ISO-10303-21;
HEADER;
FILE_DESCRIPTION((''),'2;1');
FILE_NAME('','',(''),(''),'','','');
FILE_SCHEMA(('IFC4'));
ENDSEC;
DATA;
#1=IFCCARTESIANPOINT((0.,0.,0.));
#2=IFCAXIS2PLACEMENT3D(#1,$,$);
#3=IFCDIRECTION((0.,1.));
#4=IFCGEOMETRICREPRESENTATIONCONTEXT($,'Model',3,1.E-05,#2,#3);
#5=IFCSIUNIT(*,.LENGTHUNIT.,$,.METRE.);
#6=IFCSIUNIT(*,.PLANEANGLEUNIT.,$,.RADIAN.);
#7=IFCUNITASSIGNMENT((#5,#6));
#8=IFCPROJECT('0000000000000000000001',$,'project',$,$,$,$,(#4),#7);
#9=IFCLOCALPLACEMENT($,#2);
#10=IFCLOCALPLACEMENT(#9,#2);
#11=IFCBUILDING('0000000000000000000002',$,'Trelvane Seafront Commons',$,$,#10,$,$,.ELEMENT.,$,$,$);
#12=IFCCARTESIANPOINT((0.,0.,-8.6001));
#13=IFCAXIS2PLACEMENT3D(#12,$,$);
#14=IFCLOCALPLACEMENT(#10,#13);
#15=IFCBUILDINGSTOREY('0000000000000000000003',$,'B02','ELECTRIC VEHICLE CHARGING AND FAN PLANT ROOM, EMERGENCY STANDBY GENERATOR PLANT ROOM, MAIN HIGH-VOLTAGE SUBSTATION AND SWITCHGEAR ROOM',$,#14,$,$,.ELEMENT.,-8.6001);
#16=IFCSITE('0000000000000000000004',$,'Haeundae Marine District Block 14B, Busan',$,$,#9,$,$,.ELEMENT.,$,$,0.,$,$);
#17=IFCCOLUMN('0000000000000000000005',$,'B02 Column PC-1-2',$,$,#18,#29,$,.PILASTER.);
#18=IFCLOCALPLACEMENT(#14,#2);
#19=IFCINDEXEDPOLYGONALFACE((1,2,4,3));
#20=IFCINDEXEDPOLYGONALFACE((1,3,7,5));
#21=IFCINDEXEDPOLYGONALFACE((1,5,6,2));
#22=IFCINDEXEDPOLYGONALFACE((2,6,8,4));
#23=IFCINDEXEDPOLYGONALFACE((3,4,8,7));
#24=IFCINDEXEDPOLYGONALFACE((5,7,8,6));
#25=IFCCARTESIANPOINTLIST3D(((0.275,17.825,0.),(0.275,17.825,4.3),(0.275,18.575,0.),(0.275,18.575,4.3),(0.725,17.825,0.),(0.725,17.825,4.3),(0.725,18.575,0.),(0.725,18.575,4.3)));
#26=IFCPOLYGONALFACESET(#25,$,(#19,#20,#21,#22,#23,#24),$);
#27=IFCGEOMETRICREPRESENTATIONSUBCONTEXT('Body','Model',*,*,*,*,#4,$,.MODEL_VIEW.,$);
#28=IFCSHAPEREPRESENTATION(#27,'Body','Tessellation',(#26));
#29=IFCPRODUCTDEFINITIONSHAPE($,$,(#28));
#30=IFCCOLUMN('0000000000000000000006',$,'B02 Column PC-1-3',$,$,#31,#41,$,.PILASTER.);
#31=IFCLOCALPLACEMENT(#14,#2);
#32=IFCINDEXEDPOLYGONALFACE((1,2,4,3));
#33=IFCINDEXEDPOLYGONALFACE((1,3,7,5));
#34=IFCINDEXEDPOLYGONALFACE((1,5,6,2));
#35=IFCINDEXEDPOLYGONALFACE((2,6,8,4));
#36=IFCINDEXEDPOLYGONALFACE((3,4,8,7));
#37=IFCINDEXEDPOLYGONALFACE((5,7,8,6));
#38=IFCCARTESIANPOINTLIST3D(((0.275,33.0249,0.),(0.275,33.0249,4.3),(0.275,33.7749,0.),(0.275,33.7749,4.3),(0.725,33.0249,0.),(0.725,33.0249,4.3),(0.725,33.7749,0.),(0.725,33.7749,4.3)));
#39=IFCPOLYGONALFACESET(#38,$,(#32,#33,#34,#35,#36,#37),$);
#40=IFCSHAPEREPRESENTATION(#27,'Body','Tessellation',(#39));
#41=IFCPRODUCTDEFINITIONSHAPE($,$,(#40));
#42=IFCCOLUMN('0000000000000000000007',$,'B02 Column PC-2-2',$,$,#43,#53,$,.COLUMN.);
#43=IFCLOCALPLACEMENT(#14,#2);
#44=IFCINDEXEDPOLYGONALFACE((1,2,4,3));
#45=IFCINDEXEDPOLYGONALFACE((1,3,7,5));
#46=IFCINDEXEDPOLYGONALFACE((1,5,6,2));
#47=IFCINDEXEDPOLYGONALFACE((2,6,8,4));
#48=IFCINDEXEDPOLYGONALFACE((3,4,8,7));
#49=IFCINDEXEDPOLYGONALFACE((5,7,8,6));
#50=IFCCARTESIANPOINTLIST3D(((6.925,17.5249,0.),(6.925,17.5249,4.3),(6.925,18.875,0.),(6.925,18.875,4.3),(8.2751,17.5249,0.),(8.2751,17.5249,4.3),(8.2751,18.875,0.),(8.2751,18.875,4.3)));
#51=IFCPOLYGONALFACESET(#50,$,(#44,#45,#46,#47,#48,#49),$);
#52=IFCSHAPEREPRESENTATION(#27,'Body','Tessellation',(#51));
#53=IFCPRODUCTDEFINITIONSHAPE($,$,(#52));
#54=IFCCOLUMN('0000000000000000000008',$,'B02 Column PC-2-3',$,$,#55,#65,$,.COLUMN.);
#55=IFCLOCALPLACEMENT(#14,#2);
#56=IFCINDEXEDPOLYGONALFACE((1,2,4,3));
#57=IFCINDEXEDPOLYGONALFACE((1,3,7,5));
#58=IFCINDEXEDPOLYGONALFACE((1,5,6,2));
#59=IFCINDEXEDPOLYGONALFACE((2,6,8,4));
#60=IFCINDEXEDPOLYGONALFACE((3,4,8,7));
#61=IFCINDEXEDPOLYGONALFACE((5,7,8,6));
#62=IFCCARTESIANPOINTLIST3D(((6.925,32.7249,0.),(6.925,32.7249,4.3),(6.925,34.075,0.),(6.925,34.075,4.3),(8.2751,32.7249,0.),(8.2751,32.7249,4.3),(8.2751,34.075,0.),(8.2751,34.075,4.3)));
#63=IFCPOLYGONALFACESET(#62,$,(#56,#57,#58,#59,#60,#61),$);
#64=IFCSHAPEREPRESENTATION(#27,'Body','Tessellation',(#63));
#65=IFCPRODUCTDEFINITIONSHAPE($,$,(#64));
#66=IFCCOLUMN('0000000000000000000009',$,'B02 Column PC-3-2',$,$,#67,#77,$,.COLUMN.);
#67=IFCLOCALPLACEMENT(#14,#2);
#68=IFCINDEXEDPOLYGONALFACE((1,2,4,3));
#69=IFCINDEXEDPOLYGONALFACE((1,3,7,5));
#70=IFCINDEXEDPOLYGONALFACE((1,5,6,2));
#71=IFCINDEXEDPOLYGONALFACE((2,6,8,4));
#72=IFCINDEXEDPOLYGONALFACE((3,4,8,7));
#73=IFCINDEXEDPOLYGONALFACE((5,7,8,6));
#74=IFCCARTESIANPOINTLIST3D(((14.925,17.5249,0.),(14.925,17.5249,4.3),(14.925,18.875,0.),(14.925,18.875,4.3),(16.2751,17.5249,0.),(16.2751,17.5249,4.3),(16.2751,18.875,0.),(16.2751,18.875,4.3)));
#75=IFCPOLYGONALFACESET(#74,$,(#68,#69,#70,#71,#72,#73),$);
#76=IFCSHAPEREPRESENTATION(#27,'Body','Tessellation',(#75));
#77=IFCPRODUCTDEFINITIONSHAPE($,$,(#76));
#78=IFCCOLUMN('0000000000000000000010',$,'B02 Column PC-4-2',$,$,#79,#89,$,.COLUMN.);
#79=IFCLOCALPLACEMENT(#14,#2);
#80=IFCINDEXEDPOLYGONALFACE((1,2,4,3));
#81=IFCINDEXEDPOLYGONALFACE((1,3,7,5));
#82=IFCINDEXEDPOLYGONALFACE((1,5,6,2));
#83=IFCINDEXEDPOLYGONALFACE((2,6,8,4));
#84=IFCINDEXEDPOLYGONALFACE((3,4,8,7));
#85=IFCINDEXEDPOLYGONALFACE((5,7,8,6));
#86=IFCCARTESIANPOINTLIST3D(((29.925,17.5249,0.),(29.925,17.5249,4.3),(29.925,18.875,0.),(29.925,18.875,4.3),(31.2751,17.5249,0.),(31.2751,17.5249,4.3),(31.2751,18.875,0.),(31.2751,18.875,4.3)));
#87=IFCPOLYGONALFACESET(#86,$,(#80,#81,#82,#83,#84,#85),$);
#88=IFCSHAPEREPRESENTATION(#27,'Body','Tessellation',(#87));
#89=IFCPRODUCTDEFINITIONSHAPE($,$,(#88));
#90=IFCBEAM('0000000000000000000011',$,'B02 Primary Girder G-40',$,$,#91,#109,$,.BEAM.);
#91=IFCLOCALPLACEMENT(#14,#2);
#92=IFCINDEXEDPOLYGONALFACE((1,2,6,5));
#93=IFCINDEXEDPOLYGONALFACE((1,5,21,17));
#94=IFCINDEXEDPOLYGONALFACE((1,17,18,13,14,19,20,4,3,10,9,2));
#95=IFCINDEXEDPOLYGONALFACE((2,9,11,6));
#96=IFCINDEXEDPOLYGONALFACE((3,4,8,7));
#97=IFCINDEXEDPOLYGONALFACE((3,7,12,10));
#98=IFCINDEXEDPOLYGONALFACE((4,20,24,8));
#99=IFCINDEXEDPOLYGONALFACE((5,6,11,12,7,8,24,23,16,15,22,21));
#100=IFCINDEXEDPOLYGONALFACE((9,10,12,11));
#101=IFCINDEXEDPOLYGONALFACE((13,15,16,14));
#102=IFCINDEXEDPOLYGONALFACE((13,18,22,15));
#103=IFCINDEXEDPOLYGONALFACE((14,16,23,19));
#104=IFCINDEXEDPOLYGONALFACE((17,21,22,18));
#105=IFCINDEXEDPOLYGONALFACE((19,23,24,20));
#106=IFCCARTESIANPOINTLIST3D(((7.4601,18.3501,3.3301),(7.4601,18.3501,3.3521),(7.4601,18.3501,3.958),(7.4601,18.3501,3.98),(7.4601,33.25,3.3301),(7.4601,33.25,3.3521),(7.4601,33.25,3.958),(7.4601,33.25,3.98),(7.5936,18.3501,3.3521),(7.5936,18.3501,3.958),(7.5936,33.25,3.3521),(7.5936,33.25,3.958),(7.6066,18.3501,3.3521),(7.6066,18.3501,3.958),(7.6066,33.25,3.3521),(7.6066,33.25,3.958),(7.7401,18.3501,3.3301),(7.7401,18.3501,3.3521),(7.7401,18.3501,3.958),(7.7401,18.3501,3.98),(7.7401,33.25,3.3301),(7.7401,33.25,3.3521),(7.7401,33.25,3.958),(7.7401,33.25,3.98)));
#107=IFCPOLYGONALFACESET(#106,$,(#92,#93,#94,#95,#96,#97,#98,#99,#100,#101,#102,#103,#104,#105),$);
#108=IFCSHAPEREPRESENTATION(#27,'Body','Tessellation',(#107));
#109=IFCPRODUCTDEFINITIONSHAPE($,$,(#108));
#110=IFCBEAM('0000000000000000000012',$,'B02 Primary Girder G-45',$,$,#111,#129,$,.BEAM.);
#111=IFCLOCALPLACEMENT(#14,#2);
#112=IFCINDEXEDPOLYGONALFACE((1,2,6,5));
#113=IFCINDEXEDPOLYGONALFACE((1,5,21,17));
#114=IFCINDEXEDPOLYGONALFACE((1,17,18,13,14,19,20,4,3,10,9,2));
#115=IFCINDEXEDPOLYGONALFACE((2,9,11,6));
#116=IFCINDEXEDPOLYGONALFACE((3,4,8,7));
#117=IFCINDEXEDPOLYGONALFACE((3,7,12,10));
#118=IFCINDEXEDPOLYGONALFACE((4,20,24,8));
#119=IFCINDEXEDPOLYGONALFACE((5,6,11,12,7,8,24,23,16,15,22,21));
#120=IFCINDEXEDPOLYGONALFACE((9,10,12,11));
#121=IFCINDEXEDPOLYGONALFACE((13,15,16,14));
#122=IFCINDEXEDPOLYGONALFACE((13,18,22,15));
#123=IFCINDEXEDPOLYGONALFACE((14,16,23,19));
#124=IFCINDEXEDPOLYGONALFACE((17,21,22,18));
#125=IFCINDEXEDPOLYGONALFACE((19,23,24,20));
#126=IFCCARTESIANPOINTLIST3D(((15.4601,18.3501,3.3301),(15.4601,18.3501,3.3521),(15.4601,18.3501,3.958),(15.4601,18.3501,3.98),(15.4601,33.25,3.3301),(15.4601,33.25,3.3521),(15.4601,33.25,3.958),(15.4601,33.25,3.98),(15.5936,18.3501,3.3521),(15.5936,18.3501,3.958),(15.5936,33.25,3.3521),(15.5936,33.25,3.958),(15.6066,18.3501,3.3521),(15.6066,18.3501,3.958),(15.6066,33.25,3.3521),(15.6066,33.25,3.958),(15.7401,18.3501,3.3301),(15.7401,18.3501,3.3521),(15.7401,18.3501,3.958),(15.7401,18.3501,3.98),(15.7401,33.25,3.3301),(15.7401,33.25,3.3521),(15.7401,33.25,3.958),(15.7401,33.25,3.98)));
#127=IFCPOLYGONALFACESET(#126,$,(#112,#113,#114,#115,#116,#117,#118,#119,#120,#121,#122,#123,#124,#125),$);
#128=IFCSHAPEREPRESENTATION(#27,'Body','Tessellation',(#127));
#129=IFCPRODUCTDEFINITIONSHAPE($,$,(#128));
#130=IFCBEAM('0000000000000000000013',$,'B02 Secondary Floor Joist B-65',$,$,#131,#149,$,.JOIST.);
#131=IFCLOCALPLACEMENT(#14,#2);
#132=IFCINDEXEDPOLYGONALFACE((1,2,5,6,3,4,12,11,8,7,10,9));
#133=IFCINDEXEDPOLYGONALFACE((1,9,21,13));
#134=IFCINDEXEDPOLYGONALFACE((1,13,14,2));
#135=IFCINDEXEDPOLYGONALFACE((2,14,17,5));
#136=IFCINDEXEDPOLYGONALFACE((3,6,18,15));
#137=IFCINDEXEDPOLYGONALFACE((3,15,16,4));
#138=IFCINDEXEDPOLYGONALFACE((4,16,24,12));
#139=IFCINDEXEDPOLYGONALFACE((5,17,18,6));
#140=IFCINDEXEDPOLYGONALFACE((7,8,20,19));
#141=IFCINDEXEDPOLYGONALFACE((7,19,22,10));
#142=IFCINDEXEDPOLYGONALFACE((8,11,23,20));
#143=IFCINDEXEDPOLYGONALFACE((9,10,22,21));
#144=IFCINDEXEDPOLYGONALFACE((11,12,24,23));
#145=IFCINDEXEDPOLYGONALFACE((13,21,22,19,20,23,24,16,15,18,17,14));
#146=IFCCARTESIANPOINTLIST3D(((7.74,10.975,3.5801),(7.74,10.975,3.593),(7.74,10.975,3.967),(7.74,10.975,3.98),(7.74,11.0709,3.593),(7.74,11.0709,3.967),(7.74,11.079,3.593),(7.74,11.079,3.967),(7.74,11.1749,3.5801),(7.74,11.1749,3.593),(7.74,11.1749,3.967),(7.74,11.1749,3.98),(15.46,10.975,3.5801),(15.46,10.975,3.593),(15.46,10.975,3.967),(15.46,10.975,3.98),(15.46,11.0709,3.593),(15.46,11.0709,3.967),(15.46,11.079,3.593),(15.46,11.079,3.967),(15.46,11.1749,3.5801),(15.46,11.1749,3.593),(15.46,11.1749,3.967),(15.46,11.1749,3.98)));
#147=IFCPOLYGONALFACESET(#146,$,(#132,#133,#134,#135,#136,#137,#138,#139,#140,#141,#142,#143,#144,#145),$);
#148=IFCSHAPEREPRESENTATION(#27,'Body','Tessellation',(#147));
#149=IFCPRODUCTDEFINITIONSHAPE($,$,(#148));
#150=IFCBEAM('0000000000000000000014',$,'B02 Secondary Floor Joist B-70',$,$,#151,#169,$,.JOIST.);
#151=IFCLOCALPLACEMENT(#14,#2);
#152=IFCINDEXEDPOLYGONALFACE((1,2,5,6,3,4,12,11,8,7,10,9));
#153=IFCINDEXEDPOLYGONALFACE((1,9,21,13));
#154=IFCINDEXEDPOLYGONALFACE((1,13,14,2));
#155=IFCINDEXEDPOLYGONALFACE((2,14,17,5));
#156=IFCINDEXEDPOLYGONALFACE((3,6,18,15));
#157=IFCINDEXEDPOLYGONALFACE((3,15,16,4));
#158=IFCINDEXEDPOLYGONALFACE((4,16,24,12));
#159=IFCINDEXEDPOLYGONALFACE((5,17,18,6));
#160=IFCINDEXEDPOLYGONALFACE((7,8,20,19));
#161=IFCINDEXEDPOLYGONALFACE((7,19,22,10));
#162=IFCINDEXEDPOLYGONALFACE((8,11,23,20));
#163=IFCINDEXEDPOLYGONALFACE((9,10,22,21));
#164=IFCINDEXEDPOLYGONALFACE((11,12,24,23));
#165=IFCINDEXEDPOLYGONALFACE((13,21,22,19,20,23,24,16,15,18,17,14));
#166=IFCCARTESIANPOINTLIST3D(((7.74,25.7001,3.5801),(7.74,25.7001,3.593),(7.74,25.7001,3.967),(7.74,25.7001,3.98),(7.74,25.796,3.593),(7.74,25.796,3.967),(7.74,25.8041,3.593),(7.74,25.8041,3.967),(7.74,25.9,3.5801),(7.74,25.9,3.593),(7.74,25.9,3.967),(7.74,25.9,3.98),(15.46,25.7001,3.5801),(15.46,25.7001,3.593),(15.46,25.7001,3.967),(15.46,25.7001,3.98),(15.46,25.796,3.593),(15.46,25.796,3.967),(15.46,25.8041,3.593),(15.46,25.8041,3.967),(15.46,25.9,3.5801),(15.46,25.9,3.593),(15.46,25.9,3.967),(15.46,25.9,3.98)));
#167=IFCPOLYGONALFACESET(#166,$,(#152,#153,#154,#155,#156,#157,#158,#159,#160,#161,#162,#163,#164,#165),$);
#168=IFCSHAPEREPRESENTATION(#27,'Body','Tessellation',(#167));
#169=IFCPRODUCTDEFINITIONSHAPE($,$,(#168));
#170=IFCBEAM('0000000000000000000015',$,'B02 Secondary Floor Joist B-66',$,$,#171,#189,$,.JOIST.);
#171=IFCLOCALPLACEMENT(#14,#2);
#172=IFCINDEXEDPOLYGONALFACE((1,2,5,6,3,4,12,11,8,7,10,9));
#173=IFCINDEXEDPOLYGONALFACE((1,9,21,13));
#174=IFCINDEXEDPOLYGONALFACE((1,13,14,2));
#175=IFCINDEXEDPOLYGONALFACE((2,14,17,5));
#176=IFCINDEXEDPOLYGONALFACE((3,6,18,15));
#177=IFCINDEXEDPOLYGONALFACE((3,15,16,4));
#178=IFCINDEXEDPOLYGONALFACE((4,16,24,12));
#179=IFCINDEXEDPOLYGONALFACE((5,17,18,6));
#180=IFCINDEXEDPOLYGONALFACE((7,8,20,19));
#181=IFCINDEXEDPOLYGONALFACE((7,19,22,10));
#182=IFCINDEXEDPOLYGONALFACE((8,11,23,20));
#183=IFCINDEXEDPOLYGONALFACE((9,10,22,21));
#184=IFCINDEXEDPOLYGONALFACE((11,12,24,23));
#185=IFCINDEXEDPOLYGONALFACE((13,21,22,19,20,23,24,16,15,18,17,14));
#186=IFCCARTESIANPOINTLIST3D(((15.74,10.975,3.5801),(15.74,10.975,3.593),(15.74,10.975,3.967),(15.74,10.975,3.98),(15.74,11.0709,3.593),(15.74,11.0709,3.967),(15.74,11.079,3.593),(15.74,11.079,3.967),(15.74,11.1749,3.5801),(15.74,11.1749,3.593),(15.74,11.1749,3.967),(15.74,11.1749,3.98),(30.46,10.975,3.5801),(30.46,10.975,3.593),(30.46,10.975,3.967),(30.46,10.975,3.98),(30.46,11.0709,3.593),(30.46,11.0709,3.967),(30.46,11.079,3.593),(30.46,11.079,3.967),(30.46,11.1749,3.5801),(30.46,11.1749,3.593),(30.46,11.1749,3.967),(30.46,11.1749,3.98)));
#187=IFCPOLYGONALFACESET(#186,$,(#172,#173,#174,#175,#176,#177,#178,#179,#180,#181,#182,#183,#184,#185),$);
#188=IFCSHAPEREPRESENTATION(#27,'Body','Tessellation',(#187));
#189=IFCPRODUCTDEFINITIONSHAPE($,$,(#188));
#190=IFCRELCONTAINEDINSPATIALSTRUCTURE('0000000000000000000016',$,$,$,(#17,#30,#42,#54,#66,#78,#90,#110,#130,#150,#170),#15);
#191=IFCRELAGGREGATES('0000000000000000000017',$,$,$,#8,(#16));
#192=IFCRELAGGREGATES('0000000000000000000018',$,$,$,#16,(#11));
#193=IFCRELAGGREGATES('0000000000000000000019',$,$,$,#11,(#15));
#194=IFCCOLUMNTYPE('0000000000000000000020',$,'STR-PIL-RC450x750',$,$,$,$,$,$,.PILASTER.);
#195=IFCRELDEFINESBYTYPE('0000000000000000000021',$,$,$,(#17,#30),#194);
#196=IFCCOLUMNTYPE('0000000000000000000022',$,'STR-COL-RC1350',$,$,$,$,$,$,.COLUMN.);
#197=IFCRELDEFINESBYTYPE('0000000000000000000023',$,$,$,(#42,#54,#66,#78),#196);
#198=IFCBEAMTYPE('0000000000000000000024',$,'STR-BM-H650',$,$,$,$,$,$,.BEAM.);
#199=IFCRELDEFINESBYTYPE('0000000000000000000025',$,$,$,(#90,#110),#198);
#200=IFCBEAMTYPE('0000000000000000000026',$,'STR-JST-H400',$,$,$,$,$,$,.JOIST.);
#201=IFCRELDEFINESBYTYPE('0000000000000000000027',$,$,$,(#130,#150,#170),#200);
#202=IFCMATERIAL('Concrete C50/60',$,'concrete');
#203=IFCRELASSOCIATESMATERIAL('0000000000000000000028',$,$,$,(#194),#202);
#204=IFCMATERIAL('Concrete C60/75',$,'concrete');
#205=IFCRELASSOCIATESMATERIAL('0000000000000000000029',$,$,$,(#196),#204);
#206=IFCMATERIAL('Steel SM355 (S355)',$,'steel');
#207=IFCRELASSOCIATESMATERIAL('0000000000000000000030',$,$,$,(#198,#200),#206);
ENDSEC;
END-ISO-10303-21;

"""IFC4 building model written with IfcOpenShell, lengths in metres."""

from ifc_helpers import new_model, si_unit, direction, frame, origin, origin_2d, place, context, subcontext, project, spatial, rectangle, i_section, extrude, source, transform, mapped, material, material_profile, profile_set, type_object, element, save


model = new_model("IFC4")

# Units and contexts
model_context = context("Model", 3, precision=1e-05, world=origin(), true_north=direction((0.0, 1.0)))
body_context = subcontext(model_context, "Body", "Model", "MODEL_VIEW")
ifc_project = project(units=[si_unit("LENGTHUNIT", "METRE"), si_unit("PLANEANGLEUNIT", "RADIAN")], contexts=[model_context])

# Site, building, storey
site_placement = place(None, origin())
site = spatial("IfcSite", under=ifc_project, at=site_placement, Name="Haeundae Marine District Block 14B, Busan", CompositionType="ELEMENT", RefElevation=0.0)
building_placement = place(site_placement, origin())
building = spatial("IfcBuilding", under=site, at=building_placement, Name="Trelvane Seafront Commons", CompositionType="ELEMENT")
storey_placement = place(building_placement, frame((0.0, 0.0, -8.6001)))
storey = spatial("IfcBuildingStorey", under=building, at=storey_placement, Name="B02", Description="ELECTRIC VEHICLE CHARGING AND FAN PLANT ROOM, EMERGENCY STANDBY GENERATOR PLANT ROOM, MAIN HIGH-VOLTAGE SUBSTATION AND SWITCHGEAR ROOM", CompositionType="ELEMENT", Elevation=-8.6001)

# Columns
ifc_material_1 = material(Name="Concrete C50/60", Category="concrete")
ifc_material_profile_1 = material_profile(ifc_material_1, rectangle(XDim=0.45, YDim=0.75, at=origin_2d()), Name="RC-450x750")
ifc_profile_set_1 = profile_set([ifc_material_profile_1], Name="Concrete C50/60")
column_type_1 = type_object("IfcColumnType", Name="STR-PIL-RC450x750", PredefinedType="PILASTER", material=ifc_profile_set_1)
shared_shape_1 = source(origin(), body_context, "Body", "SweptSolid", [
    extrude(rectangle(XDim=0.45, YDim=0.75, at=origin_2d()), origin(), (0.0, 0.0, 1.0), 4.3),
])
for number, where, z_axis, x_axis, name in (
    (1, (0.5, 18.2, 0.0), (0.0, 0.0, 1.0), (1.0, 0.0, 0.0), "B02 Column PC-1-2"),
    (2, (0.5, 33.3999, 0.0), (0.0, 0.0, 1.0), (1.0, 0.0, 0.0), "B02 Column PC-1-3"),
):
    element("IfcColumn", number, at=place(storey_placement, frame(where, z_axis=z_axis, x_axis=x_axis)), inside=storey, type_object=column_type_1, Name=name, PredefinedType="PILASTER", context=body_context, shape_type="MappedRepresentation", body=[
        mapped(shared_shape_1, transform((0.0, 0.0, 0.0), x_axis=(1.0, 0.0, 0.0), y_axis=(0.0, 1.0, 0.0), z_axis=(0.0, 0.0, 1.0), scale=1.0)),
    ])
ifc_material_2 = material(Name="Concrete C60/75", Category="concrete")
ifc_material_profile_2 = material_profile(ifc_material_2, rectangle(XDim=1.3501, YDim=1.3501, at=origin_2d()), Name="RC-1350x1350")
ifc_profile_set_2 = profile_set([ifc_material_profile_2], Name="Concrete C60/75")
column_type_2 = type_object("IfcColumnType", Name="STR-COL-RC1350", PredefinedType="COLUMN", material=ifc_profile_set_2)
shared_shape_2 = source(origin(), body_context, "Body", "SweptSolid", [
    extrude(rectangle(XDim=1.3501, YDim=1.3501, at=origin_2d()), origin(), (0.0, 0.0, 1.0), 4.3),
])
for number, where, z_axis, x_axis, name in (
    (3, (7.6001, 18.2, 0.0), (0.0, 0.0, 1.0), (1.0, 0.0, 0.0), "B02 Column PC-2-2"),
    (4, (7.6001, 33.3999, 0.0), (0.0, 0.0, 1.0), (1.0, 0.0, 0.0), "B02 Column PC-2-3"),
    (5, (15.6001, 18.2, 0.0), (0.0, 0.0, 1.0), (1.0, 0.0, 0.0), "B02 Column PC-3-2"),
    (6, (30.6001, 18.2, 0.0), (0.0, 0.0, 1.0), (1.0, 0.0, 0.0), "B02 Column PC-4-2"),
):
    element("IfcColumn", number, at=place(storey_placement, frame(where, z_axis=z_axis, x_axis=x_axis)), inside=storey, type_object=column_type_2, Name=name, PredefinedType="COLUMN", context=body_context, shape_type="MappedRepresentation", body=[
        mapped(shared_shape_2, transform((0.0, 0.0, 0.0), x_axis=(1.0, 0.0, 0.0), y_axis=(0.0, 1.0, 0.0), z_axis=(0.0, 0.0, 1.0), scale=1.0)),
    ])

# Beams
ifc_material_3 = material(Name="Steel SM355 (S355)", Category="steel")
ifc_material_profile_3 = material_profile(ifc_material_3, i_section(OverallWidth=0.28, OverallDepth=0.6499, WebThickness=0.0129, FlangeThickness=0.022, at=origin_2d()), Name="H-650x280x13x22")
ifc_profile_set_3 = profile_set([ifc_material_profile_3], Name="Steel SM355 (S355)")
beam_type_1 = type_object("IfcBeamType", Name="STR-BM-H650", PredefinedType="BEAM", material=ifc_profile_set_3)
shared_shape_3 = source(origin(), body_context, "Body", "SweptSolid", [
    extrude(i_section(OverallWidth=0.28, OverallDepth=0.6499, WebThickness=0.0129, FlangeThickness=0.022, at=origin_2d()), origin(), (0.0, 0.0, 1.0), 14.8999),
])
for number, where, z_axis, x_axis, name in (
    (7, (7.6001, 18.3501, 3.655), (0.0, 1.0, 0.0), (-1.0, 0.0, 0.0), "B02 Primary Girder G-40"),
    (8, (15.6001, 18.3501, 3.655), (0.0, 1.0, 0.0), (-1.0, 0.0, 0.0), "B02 Primary Girder G-45"),
):
    element("IfcBeam", number, at=place(storey_placement, frame(where, z_axis=z_axis, x_axis=x_axis)), inside=storey, type_object=beam_type_1, Name=name, PredefinedType="BEAM", context=body_context, shape_type="MappedRepresentation", body=[
        mapped(shared_shape_3, transform((0.0, 0.0, 0.0), x_axis=(1.0, 0.0, 0.0), y_axis=(0.0, 1.0, 0.0), z_axis=(0.0, 0.0, 1.0), scale=1.0)),
    ])
ifc_material_profile_4 = material_profile(ifc_material_3, i_section(OverallWidth=0.2, OverallDepth=0.3999, WebThickness=0.0081, FlangeThickness=0.0129, at=origin_2d()), Name="H-400x200x8x13")
ifc_profile_set_4 = profile_set([ifc_material_profile_4], Name="Steel SM355 (S355)")
beam_type_2 = type_object("IfcBeamType", Name="STR-JST-H400", PredefinedType="JOIST", material=ifc_profile_set_4)
shared_shape_4 = source(origin(), body_context, "Body", "SweptSolid", [
    extrude(i_section(OverallWidth=0.2, OverallDepth=0.3999, WebThickness=0.0081, FlangeThickness=0.0129, at=origin_2d()), origin(), (0.0, 0.0, 1.0), 7.72),
])
for number, where, z_axis, x_axis, name in (
    (9, (7.74, 11.075, 3.78), (1.0, 0.0, 0.0), (0.0, 1.0, 0.0), "B02 Secondary Floor Joist B-65"),
    (10, (7.74, 25.8, 3.78), (1.0, 0.0, 0.0), (0.0, 1.0, 0.0), "B02 Secondary Floor Joist B-70"),
):
    element("IfcBeam", number, at=place(storey_placement, frame(where, z_axis=z_axis, x_axis=x_axis)), inside=storey, type_object=beam_type_2, Name=name, PredefinedType="JOIST", context=body_context, shape_type="MappedRepresentation", body=[
        mapped(shared_shape_4, transform((0.0, 0.0, 0.0), x_axis=(1.0, 0.0, 0.0), y_axis=(0.0, 1.0, 0.0), z_axis=(0.0, 0.0, 1.0), scale=1.0)),
    ])
shared_shape_5 = source(origin(), body_context, "Body", "SweptSolid", [
    extrude(i_section(OverallWidth=0.2, OverallDepth=0.3999, WebThickness=0.0081, FlangeThickness=0.0129, at=origin_2d()), origin(), (0.0, 0.0, 1.0), 14.72),
])
for number, where, z_axis, x_axis, name in (
    (11, (15.74, 11.075, 3.78), (1.0, 0.0, 0.0), (0.0, 1.0, 0.0), "B02 Secondary Floor Joist B-66"),
):
    element("IfcBeam", number, at=place(storey_placement, frame(where, z_axis=z_axis, x_axis=x_axis)), inside=storey, type_object=beam_type_2, Name=name, PredefinedType="JOIST", context=body_context, shape_type="MappedRepresentation", body=[
        mapped(shared_shape_5, transform((0.0, 0.0, 0.0), x_axis=(1.0, 0.0, 0.0), y_axis=(0.0, 1.0, 0.0), z_axis=(0.0, 0.0, 1.0), scale=1.0)),
    ])

save(model, "model.ifc")
